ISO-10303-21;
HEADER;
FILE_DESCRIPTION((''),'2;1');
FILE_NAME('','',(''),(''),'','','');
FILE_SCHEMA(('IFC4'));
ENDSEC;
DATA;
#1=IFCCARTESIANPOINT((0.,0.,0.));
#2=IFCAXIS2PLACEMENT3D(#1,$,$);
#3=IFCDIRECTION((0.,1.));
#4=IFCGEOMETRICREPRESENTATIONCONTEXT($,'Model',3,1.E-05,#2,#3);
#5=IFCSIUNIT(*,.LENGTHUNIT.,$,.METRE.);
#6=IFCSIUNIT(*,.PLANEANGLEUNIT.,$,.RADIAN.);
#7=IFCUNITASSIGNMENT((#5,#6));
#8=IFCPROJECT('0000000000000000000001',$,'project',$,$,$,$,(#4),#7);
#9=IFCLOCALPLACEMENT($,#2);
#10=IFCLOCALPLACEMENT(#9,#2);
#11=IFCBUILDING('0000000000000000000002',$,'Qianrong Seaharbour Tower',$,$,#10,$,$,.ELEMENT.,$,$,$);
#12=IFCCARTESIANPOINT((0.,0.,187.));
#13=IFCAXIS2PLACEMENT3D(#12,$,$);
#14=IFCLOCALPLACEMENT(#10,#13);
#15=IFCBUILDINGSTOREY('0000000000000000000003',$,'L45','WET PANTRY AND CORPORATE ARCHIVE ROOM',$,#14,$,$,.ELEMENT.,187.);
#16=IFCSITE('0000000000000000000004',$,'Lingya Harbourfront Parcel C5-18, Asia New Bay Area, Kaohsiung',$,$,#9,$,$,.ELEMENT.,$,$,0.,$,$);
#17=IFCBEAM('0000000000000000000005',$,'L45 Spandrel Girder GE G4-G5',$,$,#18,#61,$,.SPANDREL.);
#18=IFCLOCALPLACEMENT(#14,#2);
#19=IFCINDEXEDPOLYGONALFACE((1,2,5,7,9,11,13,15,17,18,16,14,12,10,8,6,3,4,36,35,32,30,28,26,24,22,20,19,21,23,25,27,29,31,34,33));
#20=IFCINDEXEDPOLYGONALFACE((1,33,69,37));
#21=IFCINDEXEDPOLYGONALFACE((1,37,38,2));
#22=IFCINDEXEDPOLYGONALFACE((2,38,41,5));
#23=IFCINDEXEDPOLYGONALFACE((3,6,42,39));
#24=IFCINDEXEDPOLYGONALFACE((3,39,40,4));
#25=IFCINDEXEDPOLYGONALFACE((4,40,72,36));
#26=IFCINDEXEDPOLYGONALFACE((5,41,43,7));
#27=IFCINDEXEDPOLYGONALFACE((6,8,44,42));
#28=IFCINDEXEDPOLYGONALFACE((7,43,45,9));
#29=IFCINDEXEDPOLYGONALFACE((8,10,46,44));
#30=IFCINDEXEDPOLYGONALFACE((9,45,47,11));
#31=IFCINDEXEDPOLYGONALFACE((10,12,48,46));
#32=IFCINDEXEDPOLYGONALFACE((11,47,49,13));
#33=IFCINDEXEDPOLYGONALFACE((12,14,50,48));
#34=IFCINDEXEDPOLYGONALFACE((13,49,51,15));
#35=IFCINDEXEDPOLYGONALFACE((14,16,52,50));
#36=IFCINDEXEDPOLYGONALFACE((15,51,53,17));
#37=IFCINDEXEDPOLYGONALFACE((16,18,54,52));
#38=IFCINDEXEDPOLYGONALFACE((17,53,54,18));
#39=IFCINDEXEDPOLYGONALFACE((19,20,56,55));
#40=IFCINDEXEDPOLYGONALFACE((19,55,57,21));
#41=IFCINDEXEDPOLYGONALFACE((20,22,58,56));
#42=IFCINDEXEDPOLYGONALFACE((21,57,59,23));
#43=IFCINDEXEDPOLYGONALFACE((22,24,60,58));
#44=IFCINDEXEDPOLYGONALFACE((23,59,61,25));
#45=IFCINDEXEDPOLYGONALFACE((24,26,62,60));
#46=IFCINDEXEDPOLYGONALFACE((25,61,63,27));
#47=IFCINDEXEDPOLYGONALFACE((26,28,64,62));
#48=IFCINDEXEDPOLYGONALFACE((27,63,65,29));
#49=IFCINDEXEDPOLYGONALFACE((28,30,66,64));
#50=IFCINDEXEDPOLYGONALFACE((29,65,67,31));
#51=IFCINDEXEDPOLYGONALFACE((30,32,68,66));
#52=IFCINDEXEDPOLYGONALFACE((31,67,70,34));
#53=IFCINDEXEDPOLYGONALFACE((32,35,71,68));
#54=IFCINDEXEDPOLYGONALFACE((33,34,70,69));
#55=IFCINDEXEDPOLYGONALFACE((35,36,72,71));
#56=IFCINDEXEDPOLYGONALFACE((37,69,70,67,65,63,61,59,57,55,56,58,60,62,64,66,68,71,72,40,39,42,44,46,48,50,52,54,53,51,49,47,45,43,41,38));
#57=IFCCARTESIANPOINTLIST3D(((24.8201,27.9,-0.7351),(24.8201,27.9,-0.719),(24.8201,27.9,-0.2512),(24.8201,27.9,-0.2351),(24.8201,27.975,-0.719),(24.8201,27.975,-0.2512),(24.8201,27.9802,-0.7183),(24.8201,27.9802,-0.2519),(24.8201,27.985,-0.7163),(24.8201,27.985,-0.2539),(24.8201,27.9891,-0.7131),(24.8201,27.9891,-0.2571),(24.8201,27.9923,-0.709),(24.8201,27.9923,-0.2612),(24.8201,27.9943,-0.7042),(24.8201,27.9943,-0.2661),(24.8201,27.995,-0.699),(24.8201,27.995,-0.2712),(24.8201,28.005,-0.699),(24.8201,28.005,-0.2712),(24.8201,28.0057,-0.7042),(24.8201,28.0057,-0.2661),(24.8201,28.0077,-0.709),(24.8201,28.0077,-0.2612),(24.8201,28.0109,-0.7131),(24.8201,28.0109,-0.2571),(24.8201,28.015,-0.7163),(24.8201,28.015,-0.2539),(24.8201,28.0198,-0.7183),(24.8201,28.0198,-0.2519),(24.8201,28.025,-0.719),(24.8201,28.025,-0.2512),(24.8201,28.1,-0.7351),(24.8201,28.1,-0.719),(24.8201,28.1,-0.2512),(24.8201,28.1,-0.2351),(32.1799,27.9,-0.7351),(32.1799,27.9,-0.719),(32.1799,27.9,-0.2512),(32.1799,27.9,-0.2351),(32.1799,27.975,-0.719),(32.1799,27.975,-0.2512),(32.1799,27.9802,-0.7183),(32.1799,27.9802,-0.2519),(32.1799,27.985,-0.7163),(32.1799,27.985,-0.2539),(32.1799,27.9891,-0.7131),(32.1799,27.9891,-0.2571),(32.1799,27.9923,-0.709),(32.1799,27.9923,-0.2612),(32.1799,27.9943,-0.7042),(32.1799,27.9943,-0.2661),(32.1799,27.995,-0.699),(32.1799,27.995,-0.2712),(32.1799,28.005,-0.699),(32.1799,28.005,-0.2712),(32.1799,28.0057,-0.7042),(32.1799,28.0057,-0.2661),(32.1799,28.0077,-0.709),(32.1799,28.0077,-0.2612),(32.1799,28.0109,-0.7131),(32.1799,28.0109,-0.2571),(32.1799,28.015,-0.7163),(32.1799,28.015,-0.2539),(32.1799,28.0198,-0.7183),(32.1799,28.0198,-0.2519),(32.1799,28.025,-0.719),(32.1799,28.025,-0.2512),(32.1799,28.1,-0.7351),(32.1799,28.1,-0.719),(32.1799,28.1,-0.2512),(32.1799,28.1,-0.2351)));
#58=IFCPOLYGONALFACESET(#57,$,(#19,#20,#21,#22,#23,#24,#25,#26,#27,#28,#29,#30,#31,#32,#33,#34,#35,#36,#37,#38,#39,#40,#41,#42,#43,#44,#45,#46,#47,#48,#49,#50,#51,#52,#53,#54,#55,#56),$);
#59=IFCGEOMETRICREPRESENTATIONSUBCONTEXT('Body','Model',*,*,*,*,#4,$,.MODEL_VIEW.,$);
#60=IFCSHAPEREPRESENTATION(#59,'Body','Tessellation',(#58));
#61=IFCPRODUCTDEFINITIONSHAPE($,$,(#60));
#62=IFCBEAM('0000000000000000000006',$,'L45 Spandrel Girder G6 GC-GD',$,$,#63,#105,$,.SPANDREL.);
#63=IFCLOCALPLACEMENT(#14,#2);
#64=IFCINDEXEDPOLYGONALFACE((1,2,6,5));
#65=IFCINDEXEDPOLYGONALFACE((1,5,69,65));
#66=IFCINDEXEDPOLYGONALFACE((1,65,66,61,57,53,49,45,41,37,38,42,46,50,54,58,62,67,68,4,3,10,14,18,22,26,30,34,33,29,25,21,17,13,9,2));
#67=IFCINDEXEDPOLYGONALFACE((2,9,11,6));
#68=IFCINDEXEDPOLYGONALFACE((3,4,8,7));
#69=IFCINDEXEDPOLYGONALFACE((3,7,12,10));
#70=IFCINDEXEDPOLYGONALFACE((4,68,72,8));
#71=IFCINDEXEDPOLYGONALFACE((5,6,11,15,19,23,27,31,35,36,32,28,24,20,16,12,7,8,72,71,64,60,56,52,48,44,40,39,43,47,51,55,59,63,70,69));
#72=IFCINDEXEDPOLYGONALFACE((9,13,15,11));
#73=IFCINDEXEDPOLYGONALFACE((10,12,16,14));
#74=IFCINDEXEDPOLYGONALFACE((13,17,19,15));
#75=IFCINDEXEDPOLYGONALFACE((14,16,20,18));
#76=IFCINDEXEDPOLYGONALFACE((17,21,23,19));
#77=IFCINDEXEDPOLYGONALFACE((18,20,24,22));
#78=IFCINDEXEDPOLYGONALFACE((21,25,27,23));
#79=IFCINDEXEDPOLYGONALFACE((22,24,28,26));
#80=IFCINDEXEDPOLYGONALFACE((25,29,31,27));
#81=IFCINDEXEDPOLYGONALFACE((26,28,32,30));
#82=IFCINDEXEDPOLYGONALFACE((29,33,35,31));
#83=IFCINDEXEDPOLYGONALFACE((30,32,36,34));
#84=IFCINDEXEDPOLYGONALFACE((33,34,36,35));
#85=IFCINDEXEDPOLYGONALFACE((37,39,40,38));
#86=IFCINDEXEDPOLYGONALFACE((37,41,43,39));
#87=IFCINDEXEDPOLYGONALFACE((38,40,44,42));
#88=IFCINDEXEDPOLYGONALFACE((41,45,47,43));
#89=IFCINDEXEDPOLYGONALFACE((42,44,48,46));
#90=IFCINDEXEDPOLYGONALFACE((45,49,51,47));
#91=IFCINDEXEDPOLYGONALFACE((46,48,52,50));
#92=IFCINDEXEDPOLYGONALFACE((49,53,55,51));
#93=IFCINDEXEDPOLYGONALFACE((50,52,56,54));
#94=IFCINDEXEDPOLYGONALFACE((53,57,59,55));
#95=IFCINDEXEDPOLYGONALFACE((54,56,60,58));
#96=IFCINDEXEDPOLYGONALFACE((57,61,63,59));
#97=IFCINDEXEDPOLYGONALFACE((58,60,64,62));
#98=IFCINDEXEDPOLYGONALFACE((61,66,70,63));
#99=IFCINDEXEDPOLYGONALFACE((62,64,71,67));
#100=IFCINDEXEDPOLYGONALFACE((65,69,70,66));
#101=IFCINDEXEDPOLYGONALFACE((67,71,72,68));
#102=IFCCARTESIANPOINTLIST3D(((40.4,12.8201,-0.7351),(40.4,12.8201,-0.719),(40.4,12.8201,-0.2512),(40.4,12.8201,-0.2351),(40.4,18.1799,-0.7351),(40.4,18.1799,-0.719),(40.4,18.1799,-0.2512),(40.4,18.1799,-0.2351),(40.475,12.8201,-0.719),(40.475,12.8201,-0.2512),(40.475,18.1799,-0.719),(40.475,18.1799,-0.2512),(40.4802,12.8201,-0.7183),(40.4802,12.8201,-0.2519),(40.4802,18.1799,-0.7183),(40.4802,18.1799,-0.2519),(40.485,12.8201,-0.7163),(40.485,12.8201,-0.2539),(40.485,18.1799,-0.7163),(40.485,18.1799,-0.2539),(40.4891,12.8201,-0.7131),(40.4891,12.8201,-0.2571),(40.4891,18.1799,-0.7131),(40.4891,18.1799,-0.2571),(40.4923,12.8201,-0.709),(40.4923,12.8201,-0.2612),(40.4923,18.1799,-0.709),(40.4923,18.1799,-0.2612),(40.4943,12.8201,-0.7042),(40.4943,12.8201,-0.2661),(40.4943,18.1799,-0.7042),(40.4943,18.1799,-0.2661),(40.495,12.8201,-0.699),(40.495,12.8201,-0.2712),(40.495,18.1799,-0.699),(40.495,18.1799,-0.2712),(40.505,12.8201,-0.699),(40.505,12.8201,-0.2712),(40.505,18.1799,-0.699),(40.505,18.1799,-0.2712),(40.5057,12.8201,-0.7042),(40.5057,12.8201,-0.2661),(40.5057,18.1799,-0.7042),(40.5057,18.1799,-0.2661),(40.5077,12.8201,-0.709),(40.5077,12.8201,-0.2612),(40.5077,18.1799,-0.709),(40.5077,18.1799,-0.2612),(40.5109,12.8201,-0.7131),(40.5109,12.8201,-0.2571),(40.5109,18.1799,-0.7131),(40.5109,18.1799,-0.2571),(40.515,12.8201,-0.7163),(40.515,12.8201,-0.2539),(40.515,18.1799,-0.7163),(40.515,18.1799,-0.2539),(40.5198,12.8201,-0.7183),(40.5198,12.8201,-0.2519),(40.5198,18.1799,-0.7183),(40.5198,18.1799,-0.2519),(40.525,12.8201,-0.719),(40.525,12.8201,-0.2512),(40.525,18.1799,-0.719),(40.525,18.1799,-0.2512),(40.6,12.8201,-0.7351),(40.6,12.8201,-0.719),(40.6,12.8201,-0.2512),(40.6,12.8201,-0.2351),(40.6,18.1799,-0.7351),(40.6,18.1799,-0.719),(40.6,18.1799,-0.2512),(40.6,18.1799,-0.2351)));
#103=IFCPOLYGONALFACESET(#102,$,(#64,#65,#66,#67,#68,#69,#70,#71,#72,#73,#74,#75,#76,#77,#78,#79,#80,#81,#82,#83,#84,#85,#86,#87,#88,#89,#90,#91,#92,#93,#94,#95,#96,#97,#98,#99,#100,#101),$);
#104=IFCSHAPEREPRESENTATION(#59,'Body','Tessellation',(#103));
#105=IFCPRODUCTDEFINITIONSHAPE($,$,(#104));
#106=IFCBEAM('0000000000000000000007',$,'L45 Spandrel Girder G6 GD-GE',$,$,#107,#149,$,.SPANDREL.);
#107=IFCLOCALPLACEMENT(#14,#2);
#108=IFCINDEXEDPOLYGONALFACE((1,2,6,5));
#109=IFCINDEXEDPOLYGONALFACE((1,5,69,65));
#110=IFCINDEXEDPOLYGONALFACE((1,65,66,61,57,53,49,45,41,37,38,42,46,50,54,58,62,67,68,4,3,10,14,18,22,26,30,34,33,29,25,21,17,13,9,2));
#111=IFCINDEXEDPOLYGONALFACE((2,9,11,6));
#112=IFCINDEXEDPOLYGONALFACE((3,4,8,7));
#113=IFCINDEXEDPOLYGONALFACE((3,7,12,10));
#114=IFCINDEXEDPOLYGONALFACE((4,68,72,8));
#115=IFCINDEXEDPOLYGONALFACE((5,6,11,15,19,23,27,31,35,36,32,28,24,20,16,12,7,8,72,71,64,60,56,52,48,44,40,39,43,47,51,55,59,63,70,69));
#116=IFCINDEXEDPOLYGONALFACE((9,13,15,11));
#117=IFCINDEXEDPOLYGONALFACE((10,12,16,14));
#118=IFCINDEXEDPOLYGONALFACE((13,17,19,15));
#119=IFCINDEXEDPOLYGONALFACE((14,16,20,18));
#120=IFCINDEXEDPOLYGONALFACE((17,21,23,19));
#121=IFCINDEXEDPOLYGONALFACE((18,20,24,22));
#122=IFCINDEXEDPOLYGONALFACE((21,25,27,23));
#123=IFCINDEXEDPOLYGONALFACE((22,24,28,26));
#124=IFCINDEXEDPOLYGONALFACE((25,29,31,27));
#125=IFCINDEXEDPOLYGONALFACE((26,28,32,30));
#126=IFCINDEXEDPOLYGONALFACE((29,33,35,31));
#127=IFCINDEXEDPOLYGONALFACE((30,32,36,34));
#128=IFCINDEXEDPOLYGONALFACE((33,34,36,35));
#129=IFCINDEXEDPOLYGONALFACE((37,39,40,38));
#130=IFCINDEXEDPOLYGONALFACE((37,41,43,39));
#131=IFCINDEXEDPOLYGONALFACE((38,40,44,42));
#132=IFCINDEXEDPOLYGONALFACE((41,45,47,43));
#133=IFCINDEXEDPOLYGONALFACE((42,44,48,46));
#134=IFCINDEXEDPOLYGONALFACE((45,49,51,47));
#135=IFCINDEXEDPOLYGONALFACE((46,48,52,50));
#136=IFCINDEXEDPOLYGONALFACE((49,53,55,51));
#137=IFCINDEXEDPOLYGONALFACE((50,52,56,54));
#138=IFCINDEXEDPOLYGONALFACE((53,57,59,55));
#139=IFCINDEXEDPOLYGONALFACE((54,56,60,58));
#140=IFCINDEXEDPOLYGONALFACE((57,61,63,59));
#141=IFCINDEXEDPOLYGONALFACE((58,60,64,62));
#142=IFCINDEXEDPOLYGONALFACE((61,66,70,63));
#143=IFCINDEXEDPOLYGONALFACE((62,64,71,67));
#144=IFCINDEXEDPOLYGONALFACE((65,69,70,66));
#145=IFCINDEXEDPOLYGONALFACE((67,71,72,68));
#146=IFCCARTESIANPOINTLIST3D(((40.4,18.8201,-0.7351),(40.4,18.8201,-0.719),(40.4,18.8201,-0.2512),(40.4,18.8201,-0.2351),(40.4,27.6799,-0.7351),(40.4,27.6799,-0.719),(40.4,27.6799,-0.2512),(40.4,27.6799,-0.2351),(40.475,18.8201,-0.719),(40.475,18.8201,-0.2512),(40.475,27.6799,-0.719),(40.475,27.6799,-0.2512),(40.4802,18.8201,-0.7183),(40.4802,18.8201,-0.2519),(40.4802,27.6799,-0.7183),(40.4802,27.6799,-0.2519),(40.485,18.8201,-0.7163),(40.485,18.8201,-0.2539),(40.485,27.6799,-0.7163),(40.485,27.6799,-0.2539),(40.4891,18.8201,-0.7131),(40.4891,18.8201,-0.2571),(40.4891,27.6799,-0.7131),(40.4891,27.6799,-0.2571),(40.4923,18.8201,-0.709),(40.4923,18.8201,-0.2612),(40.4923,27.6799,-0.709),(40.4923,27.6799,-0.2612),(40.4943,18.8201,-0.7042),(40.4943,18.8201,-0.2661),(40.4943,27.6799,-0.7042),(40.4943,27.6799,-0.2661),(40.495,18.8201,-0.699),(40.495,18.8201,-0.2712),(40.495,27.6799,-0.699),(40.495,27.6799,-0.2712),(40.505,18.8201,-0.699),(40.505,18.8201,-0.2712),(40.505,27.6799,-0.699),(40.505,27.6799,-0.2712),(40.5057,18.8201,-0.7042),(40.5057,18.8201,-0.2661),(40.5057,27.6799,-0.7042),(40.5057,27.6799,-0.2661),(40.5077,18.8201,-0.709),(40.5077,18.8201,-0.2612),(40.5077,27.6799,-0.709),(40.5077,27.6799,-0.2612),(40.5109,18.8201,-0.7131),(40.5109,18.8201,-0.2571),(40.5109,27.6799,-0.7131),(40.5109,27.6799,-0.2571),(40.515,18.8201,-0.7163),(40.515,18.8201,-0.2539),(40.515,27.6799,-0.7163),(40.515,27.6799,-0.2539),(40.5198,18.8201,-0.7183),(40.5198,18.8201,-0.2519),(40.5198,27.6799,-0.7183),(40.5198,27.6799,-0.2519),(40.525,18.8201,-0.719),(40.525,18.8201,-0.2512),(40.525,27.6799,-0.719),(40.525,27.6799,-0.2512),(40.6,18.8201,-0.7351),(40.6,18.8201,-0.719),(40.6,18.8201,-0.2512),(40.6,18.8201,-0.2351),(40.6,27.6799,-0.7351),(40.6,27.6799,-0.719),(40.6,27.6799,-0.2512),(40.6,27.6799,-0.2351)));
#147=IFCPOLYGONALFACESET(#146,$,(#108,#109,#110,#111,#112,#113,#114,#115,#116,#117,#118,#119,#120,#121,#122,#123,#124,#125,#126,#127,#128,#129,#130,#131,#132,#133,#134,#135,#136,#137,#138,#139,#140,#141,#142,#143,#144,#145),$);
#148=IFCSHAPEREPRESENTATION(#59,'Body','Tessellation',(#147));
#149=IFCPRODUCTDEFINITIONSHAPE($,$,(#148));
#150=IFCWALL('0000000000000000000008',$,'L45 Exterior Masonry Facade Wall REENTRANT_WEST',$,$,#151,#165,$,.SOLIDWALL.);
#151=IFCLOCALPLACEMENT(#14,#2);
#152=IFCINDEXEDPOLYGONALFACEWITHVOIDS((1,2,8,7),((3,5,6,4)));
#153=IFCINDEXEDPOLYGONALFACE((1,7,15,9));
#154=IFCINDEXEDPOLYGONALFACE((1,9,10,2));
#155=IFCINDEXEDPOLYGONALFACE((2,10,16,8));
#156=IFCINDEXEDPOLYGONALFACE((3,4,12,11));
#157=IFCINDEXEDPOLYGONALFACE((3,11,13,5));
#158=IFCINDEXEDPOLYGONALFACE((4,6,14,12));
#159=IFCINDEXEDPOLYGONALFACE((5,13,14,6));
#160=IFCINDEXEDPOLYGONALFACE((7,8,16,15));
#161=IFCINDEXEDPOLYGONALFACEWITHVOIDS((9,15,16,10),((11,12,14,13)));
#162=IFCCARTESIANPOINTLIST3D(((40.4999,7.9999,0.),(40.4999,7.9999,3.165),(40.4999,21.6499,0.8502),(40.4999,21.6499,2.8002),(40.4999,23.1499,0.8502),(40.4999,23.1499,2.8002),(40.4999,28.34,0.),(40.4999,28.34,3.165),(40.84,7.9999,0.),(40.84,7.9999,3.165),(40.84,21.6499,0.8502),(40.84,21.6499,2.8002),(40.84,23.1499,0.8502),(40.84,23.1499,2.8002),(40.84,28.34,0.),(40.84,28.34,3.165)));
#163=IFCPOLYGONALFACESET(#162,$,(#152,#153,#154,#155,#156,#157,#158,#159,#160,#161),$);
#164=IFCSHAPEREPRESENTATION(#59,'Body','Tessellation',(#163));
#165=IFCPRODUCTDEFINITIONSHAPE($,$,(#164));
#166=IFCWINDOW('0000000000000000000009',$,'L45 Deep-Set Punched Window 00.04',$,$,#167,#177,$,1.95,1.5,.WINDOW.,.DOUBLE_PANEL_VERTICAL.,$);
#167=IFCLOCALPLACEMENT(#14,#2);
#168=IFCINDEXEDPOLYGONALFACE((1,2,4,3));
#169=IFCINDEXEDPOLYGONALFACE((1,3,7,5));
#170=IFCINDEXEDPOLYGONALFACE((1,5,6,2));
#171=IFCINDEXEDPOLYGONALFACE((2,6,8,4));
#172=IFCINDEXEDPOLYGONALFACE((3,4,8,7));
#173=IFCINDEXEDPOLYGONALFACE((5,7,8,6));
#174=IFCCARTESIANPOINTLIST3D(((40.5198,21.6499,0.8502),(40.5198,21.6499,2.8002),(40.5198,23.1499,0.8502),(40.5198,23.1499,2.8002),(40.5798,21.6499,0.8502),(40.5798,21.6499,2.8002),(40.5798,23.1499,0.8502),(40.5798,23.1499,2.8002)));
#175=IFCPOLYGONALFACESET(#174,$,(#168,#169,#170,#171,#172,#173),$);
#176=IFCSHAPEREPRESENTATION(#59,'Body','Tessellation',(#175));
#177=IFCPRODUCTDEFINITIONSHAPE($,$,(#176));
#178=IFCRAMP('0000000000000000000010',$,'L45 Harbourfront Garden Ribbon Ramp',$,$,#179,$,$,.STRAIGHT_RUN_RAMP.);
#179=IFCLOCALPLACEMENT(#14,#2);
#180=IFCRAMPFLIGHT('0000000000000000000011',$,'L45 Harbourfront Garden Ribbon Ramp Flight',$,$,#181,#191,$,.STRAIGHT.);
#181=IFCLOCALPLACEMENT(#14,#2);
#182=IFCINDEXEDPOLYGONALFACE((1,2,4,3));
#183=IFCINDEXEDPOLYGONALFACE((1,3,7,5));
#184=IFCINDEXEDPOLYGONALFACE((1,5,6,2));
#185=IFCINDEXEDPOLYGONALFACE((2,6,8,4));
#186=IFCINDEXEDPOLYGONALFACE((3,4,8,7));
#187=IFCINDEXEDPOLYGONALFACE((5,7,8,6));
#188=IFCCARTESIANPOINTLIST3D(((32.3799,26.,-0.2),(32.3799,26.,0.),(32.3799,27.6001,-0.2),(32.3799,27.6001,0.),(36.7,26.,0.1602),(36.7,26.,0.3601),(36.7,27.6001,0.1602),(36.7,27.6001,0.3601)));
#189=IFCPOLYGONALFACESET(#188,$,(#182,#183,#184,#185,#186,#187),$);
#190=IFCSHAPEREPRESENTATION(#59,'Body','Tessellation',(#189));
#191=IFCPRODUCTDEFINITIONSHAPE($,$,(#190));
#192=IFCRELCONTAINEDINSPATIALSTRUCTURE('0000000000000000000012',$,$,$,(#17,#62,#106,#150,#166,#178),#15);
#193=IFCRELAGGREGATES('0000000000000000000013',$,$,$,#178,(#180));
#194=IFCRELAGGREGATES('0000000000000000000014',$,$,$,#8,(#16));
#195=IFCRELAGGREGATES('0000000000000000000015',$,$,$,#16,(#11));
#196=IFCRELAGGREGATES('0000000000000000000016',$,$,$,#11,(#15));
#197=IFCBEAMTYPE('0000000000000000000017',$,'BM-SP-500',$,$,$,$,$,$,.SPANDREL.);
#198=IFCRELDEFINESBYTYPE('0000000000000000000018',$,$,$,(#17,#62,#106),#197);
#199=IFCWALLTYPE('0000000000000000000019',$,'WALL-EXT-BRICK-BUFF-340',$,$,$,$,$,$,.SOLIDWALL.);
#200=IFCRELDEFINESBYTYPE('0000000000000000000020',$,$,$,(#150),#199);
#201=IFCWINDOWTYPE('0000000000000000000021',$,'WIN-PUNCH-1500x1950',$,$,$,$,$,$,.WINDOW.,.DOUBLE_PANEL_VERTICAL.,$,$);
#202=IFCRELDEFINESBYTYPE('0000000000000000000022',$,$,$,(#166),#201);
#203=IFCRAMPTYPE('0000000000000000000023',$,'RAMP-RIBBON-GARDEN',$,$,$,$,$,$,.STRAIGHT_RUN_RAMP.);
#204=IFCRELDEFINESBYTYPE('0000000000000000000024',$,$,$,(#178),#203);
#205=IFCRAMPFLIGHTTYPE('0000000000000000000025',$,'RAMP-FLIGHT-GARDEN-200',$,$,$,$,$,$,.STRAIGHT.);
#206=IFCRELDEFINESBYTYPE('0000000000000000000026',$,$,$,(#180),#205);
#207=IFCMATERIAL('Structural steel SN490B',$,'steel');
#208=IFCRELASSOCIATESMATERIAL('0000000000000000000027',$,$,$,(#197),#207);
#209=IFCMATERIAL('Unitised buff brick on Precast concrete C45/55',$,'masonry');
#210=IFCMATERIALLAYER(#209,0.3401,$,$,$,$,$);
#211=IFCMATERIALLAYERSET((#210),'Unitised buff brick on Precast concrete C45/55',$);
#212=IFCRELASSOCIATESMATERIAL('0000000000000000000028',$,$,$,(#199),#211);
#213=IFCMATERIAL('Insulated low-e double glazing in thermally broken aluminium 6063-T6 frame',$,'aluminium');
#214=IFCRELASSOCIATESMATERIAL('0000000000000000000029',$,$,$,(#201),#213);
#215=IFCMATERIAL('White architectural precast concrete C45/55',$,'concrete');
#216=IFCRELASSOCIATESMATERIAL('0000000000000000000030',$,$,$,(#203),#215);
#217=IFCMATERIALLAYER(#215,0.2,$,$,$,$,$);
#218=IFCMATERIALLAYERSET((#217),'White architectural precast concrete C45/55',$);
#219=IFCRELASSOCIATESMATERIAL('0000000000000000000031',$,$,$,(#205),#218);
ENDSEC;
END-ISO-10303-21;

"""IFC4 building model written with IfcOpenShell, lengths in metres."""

from ifc_helpers import new_model, si_unit, direction, frame, frame_2d, origin, origin_2d, place, context, subcontext, project, spatial, polyline, rectangle, i_section, outline, extrude, material, layer, layer_set, material_profile, profile_set, type_object, element, fill, aggregate, save


model = new_model("IFC4")

# Units and contexts
model_context = context("Model", 3, precision=1e-05, world=origin(), true_north=direction((0.0, 1.0)))
body_context = subcontext(model_context, "Body", "Model", "MODEL_VIEW")
ifc_project = project(units=[si_unit("LENGTHUNIT", "METRE"), si_unit("PLANEANGLEUNIT", "RADIAN")], contexts=[model_context])

# Site, building, storey
site_placement = place(None, origin())
site = spatial("IfcSite", under=ifc_project, at=site_placement, Name="Lingya Harbourfront Parcel C5-18, Asia New Bay Area, Kaohsiung", CompositionType="ELEMENT", RefElevation=0.0)
building_placement = place(site_placement, origin())
building = spatial("IfcBuilding", under=site, at=building_placement, Name="Qianrong Seaharbour Tower", CompositionType="ELEMENT")
storey_placement = place(building_placement, frame((0.0, 0.0, 187.0)))
storey = spatial("IfcBuildingStorey", under=building, at=storey_placement, Name="L45", Description="WET PANTRY AND CORPORATE ARCHIVE ROOM", CompositionType="ELEMENT", Elevation=187.0)

# Shared definitions
ifc_material_1 = material(Name="Structural steel SN490B", Category="steel")

# Beams
ifc_material_profile_1 = material_profile(ifc_material_1, i_section(OverallWidth=0.2, OverallDepth=0.5, WebThickness=0.01, FlangeThickness=0.0161, FilletRadius=0.02, at=origin_2d()), Name="H500x200x10x16")
ifc_profile_set_1 = profile_set([ifc_material_profile_1], Name="Structural steel SN490B")
beam_type_1 = type_object("IfcBeamType", Name="BM-SP-500", PredefinedType="SPANDREL", material=ifc_profile_set_1)
beam_1_placement = place(storey_placement, frame((24.8201, 28.0, -0.4851), z_axis=(1.0, 0.0, 0.0), x_axis=(0.0, 1.0, 0.0)))
element("IfcBeam", 1, at=beam_1_placement, inside=storey, type_object=beam_type_1, Name="L45 Spandrel Girder GE G4-G5", PredefinedType="SPANDREL", context=body_context, shape_type="SweptSolid", body=[
    extrude(i_section(OverallWidth=0.2, OverallDepth=0.5, WebThickness=0.01, FlangeThickness=0.0161, FilletRadius=0.02, at=origin_2d()), origin(), (0.0, 0.0, 1.0), 7.3599),
])
beam_2_placement = place(storey_placement, frame((40.5, 12.8201, -0.4851), z_axis=(0.0, 1.0, 0.0), x_axis=(-1.0, 0.0, 0.0)))
element("IfcBeam", 2, at=beam_2_placement, inside=storey, type_object=beam_type_1, Name="L45 Spandrel Girder G6 GC-GD", PredefinedType="SPANDREL", context=body_context, shape_type="SweptSolid", body=[
    extrude(i_section(OverallWidth=0.2, OverallDepth=0.5, WebThickness=0.01, FlangeThickness=0.0161, FilletRadius=0.02, at=origin_2d()), origin(), (0.0, 0.0, 1.0), 5.3599),
])
beam_3_placement = place(storey_placement, frame((40.5, 18.8201, -0.4851), z_axis=(0.0, 1.0, 0.0), x_axis=(-1.0, 0.0, 0.0)))
element("IfcBeam", 3, at=beam_3_placement, inside=storey, type_object=beam_type_1, Name="L45 Spandrel Girder G6 GD-GE", PredefinedType="SPANDREL", context=body_context, shape_type="SweptSolid", body=[
    extrude(i_section(OverallWidth=0.2, OverallDepth=0.5, WebThickness=0.01, FlangeThickness=0.0161, FilletRadius=0.02, at=origin_2d()), origin(), (0.0, 0.0, 1.0), 8.8599),
])

# Wall, opening, window
ifc_material_2 = material(Name="Unitised buff brick on Precast concrete C45/55", Category="masonry")
ifc_layer_1 = layer(ifc_material_2, 0.3401)
ifc_layer_set_1 = layer_set([ifc_layer_1], Name="Unitised buff brick on Precast concrete C45/55")
wall_type = type_object("IfcWallType", Name="WALL-EXT-BRICK-BUFF-340", PredefinedType="SOLIDWALL", material=ifc_layer_set_1)
wall_placement = place(storey_placement, frame((40.6699, 8.0, 0.0), z_axis=(0.0, 0.0, 1.0), x_axis=(0.0, 1.0, 0.0)))
wall = element("IfcWall", 4, at=wall_placement, inside=storey, type_object=wall_type, Name="L45 Exterior Masonry Facade Wall REENTRANT_WEST", PredefinedType="SOLIDWALL", context=body_context, shape_type="SweptSolid", body=[
    extrude(rectangle(XDim=20.3401, YDim=0.3401, at=frame_2d((10.1699, 0.0))), origin(), (0.0, 0.0, 1.0), 3.165),
])
opening_placement = place(wall_placement, frame((13.6499, 0.0, 0.8501)))
opening = element("IfcOpeningElement", 5, at=opening_placement, cuts=wall, PredefinedType="OPENING", context=body_context, shape_type="SweptSolid", body=[
    extrude(rectangle(XDim=1.5, YDim=1.95, at=frame_2d((0.75, 0.9751))), frame((0.0, 0.1802, 0.0), z_axis=(0.0, -1.0, 0.0), x_axis=(1.0, 0.0, 0.0)), (0.0, 0.0, 1.0), 0.3601),
])
ifc_material_3 = material(Name="Insulated low-e double glazing in thermally broken aluminium 6063-T6 frame", Category="aluminium")
window_type = type_object("IfcWindowType", Name="WIN-PUNCH-1500x1950", PartitioningType="DOUBLE_PANEL_VERTICAL", PredefinedType="WINDOW", material=ifc_material_3)
window_placement = place(opening_placement, origin())
window = element("IfcWindow", 6, at=window_placement, inside=storey, type_object=window_type, Name="L45 Deep-Set Punched Window 00.04", OverallHeight=1.95, OverallWidth=1.5, PartitioningType="DOUBLE_PANEL_VERTICAL", PredefinedType="WINDOW", context=body_context, shape_type="SweptSolid", body=[
    extrude(rectangle(XDim=1.5, YDim=1.95, at=frame_2d((0.75, 0.9751))), frame((0.0, 0.1501, 0.0), z_axis=(0.0, -1.0, 0.0), x_axis=(1.0, 0.0, 0.0)), (0.0, 0.0, 1.0), 0.0601),
])
fill(opening, window)

# Ramp, ramp flight
ifc_material_4 = material(Name="White architectural precast concrete C45/55", Category="concrete")
ramp_type = type_object("IfcRampType", Name="RAMP-RIBBON-GARDEN", PredefinedType="STRAIGHT_RUN_RAMP", material=ifc_material_4)
ramp_placement = place(storey_placement, origin())
ramp = element("IfcRamp", 7, at=ramp_placement, inside=storey, type_object=ramp_type, Name="L45 Harbourfront Garden Ribbon Ramp", PredefinedType="STRAIGHT_RUN_RAMP")
ifc_layer_2 = layer(ifc_material_4, 0.2)
ifc_layer_set_2 = layer_set([ifc_layer_2], Name="White architectural precast concrete C45/55")
ramp_flight_type = type_object("IfcRampFlightType", Name="RAMP-FLIGHT-GARDEN-200", PredefinedType="STRAIGHT", material=ifc_layer_set_2)
ramp_flight_placement = place(storey_placement, frame((32.3799, 26.8, 0.0), z_axis=(0.0, 0.0, 1.0), x_axis=(1.0, 0.0, 0.0)))
ramp_flight = element("IfcRampFlight", 8, at=ramp_flight_placement, type_object=ramp_flight_type, Name="L45 Harbourfront Garden Ribbon Ramp Flight", PredefinedType="STRAIGHT", context=body_context, shape_type="SweptSolid", body=[
    extrude(outline(polyline([(0.0, 0.0), (4.3201, 0.3601), (4.3201, 0.1602), (0.0, -0.2), (0.0, 0.0)])), frame((0.0, 0.8, 0.0), z_axis=(0.0, -1.0, 0.0), x_axis=(1.0, 0.0, 0.0)), (0.0, 0.0, 1.0), 1.6001),
])
aggregate(ramp, [ramp_flight])

save(model, "model.ifc")
